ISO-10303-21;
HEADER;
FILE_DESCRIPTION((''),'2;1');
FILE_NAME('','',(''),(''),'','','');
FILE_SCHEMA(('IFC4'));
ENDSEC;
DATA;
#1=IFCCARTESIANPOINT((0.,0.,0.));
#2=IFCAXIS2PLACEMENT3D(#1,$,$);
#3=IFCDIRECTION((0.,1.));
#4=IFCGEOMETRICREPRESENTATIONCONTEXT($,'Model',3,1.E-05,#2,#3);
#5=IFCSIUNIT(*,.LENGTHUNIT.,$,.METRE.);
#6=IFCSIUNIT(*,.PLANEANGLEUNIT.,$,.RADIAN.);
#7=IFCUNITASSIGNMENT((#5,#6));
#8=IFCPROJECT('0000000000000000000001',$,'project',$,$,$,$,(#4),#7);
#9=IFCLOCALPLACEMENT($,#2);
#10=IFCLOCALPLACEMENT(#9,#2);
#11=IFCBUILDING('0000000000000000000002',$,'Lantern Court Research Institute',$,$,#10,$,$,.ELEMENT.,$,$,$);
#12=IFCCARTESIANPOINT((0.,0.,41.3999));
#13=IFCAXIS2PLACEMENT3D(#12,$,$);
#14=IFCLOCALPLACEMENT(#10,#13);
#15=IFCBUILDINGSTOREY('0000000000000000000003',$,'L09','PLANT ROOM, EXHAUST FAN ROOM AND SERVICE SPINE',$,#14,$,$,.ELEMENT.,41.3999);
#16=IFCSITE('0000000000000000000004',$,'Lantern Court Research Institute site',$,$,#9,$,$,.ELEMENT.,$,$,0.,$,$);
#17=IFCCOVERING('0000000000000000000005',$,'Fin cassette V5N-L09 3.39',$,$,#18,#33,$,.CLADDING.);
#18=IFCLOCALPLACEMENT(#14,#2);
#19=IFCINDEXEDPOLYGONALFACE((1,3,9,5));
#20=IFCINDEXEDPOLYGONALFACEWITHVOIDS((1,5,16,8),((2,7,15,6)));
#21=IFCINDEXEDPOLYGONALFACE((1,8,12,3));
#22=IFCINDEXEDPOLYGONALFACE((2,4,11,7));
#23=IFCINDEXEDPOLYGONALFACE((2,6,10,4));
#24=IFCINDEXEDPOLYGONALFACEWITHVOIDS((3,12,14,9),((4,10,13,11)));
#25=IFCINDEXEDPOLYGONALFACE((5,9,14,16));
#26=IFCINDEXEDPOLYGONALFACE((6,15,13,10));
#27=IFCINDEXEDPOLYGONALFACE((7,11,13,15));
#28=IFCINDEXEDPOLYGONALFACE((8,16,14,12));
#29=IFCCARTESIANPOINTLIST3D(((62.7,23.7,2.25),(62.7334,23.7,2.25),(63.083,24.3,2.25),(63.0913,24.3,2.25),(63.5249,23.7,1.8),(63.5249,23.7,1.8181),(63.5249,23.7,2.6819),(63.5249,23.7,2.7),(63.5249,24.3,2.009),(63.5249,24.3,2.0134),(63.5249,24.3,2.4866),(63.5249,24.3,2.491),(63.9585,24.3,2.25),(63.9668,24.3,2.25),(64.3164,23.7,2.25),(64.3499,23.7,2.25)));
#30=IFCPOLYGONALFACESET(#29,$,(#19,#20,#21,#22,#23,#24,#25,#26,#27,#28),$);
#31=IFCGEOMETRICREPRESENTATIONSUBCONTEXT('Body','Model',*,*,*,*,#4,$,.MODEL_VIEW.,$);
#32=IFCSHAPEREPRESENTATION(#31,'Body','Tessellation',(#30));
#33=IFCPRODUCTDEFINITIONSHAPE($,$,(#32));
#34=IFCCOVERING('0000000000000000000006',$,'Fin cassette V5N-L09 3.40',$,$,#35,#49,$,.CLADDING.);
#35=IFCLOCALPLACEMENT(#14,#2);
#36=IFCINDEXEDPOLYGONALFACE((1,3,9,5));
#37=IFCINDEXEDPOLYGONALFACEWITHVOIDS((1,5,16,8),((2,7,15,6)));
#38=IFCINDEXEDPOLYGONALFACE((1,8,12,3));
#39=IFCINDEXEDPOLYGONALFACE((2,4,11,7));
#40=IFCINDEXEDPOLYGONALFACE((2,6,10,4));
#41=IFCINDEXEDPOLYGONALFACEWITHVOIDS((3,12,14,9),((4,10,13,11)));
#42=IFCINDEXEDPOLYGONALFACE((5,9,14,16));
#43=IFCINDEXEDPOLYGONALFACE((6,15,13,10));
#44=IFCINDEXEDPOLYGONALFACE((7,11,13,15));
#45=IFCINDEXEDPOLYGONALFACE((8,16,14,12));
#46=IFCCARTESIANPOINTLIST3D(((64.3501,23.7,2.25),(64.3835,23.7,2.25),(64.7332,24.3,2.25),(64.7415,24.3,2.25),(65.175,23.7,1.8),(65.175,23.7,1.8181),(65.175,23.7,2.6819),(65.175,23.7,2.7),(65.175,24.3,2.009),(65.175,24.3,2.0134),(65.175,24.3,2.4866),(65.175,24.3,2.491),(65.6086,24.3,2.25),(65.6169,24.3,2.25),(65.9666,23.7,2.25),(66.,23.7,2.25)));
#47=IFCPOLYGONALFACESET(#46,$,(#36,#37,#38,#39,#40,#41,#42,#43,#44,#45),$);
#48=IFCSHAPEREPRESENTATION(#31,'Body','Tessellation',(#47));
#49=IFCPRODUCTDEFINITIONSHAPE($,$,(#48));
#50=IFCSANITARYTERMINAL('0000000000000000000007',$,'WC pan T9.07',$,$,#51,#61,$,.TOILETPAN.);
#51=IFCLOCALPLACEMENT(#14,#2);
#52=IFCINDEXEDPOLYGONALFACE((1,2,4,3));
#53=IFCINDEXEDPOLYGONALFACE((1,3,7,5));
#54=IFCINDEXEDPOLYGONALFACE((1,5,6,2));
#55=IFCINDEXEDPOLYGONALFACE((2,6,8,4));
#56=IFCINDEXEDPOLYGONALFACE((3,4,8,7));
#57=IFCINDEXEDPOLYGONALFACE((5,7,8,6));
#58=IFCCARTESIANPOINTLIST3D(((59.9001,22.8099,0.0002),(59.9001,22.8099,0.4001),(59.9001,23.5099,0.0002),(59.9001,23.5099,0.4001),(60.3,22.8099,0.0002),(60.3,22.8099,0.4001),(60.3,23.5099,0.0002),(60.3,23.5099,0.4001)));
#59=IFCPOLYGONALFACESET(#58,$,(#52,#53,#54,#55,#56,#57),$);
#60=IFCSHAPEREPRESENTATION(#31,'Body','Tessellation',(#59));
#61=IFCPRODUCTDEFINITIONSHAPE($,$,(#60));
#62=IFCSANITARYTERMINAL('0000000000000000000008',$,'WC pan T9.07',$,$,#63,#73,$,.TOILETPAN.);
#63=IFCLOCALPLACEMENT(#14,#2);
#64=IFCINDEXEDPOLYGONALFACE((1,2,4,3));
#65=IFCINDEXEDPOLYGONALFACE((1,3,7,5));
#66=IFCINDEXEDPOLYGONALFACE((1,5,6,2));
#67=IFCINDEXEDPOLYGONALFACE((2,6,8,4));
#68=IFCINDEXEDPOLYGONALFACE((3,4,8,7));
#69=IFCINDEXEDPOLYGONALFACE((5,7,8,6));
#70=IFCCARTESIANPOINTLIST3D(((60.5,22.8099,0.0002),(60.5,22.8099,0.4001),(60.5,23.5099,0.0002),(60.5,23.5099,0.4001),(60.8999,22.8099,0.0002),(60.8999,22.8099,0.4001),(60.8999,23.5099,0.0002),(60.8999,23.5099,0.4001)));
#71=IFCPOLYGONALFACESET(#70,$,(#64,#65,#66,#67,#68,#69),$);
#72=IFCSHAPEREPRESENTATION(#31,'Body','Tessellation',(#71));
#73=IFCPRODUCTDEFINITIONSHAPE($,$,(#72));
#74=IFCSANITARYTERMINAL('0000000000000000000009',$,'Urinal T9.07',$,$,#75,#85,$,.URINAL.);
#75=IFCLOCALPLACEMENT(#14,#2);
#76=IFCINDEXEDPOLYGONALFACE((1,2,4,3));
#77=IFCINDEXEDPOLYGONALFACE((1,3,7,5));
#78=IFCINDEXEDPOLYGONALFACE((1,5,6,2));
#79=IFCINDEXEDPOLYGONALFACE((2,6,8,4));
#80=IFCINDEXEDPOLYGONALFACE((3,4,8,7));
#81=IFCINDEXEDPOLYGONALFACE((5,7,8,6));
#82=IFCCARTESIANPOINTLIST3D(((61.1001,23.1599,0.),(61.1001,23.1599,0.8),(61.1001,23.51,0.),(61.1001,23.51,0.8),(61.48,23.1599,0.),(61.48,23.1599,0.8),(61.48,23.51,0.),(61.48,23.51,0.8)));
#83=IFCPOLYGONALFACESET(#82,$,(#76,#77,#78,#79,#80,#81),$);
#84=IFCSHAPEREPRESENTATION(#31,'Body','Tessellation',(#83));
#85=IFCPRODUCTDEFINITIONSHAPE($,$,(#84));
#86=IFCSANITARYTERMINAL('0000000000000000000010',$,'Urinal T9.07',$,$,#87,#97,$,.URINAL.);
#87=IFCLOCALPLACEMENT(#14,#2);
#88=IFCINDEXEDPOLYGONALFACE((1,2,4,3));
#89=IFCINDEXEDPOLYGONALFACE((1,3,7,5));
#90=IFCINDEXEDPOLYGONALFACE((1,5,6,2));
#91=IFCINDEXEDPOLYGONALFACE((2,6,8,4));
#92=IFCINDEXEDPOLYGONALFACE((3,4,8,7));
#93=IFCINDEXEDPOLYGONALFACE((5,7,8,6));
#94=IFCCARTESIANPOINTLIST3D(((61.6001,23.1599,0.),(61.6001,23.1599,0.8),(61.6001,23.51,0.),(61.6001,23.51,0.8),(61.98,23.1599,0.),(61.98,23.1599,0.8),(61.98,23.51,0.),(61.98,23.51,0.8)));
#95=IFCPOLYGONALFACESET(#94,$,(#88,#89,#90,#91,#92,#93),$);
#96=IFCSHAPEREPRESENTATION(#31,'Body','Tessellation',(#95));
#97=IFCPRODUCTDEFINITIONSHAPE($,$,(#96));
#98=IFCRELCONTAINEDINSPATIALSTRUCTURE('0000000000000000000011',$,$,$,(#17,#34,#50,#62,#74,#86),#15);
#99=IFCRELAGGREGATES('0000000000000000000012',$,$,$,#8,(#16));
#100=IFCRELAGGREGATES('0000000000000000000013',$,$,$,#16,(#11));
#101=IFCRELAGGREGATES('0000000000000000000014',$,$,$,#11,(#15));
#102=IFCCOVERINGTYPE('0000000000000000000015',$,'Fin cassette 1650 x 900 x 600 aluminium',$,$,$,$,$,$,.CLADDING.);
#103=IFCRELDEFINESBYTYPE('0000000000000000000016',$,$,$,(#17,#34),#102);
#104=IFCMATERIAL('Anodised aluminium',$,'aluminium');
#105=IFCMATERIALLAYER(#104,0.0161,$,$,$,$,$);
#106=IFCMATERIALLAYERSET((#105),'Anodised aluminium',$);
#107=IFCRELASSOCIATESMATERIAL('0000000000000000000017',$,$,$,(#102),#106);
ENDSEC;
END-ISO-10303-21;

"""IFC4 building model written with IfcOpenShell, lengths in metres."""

from ifc_helpers import new_model, entity, si_unit, direction, frame, origin, origin_2d, place, context, subcontext, project, spatial, rectangle, extrude, material, layer, layer_set, type_object, element, save


model = new_model("IFC4")

# Units and contexts
model_context = context("Model", 3, precision=1e-05, world=origin(), true_north=direction((0.0, 1.0)))
body_context = subcontext(model_context, "Body", "Model", "MODEL_VIEW")
ifc_project = project(units=[si_unit("LENGTHUNIT", "METRE"), si_unit("PLANEANGLEUNIT", "RADIAN")], contexts=[model_context])

# Site, building, storey
site_placement = place(None, origin())
site = spatial("IfcSite", under=ifc_project, at=site_placement, Name="Lantern Court Research Institute site", CompositionType="ELEMENT", RefElevation=0.0)
building_placement = place(site_placement, origin())
building = spatial("IfcBuilding", under=site, at=building_placement, Name="Lantern Court Research Institute", CompositionType="ELEMENT")
storey_placement = place(building_placement, frame((0.0, 0.0, 41.3999)))
storey = spatial("IfcBuildingStorey", under=building, at=storey_placement, Name="L09", Description="PLANT ROOM, EXHAUST FAN ROOM AND SERVICE SPINE", CompositionType="ELEMENT", Elevation=41.3999)

# Coverings
ifc_material_1 = material(Name="Anodised aluminium", Category="aluminium")
ifc_layer_1 = layer(ifc_material_1, 0.0161)
ifc_layer_set_1 = layer_set([ifc_layer_1], Name="Anodised aluminium")
covering_type = type_object("IfcCoveringType", Name="Fin cassette 1650 x 900 x 600 aluminium", PredefinedType="CLADDING", material=ifc_layer_set_1)
covering_1_placement = place(storey_placement, frame((63.5249, 23.7, 2.25), z_axis=(0.0, 1.0, 0.0), x_axis=(-1.0, 0.0, 0.0)))
cartesian_point_1 = entity("IfcCartesianPoint", [0.825, 0.0])
cartesian_point_2 = entity("IfcCartesianPoint", [0.7915, 0.0])
cartesian_point_3 = entity("IfcCartesianPoint", [0.4419, 0.0])
cartesian_point_4 = entity("IfcCartesianPoint", [0.4336, 0.0])
element("IfcCovering", 1, at=covering_1_placement, inside=storey, type_object=covering_type, Name="Fin cassette V5N-L09 3.39", PredefinedType="CLADDING", context=body_context, shape_type="SweptSolid", body=[
    entity("IfcExtrudedAreaSolidTapered", entity("IfcArbitraryProfileDefWithVoids", "AREA", None, entity("IfcPolyline", [cartesian_point_1, entity("IfcCartesianPoint", [0.0, 0.45]), entity("IfcCartesianPoint", [-0.825, 0.0]), entity("IfcCartesianPoint", [0.0, -0.45]), cartesian_point_1]), [entity("IfcPolyline", [cartesian_point_2, entity("IfcCartesianPoint", [0.0, 0.4319]), entity("IfcCartesianPoint", [-0.7915, 0.0]), entity("IfcCartesianPoint", [0.0, -0.4319]), cartesian_point_2])]), entity("IfcAxis2Placement3D", entity("IfcCartesianPoint", [0.0, 0.0, 0.0])), entity("IfcDirection", [0.0, 0.0, 1.0]), 0.6001, entity("IfcArbitraryProfileDefWithVoids", "AREA", None, entity("IfcPolyline", [cartesian_point_3, entity("IfcCartesianPoint", [0.0, 0.241]), entity("IfcCartesianPoint", [-0.4419, 0.0]), entity("IfcCartesianPoint", [0.0, -0.241]), cartesian_point_3]), [entity("IfcPolyline", [cartesian_point_4, entity("IfcCartesianPoint", [0.0, 0.2366]), entity("IfcCartesianPoint", [-0.4336, 0.0]), entity("IfcCartesianPoint", [0.0, -0.2366]), cartesian_point_4])])),
])
covering_2_placement = place(storey_placement, frame((65.175, 23.7, 2.25), z_axis=(0.0, 1.0, 0.0), x_axis=(-1.0, 0.0, 0.0)))
cartesian_point_5 = entity("IfcCartesianPoint", [0.825, 0.0])
cartesian_point_6 = entity("IfcCartesianPoint", [0.7915, 0.0])
cartesian_point_7 = entity("IfcCartesianPoint", [0.4419, 0.0])
cartesian_point_8 = entity("IfcCartesianPoint", [0.4336, 0.0])
element("IfcCovering", 2, at=covering_2_placement, inside=storey, type_object=covering_type, Name="Fin cassette V5N-L09 3.40", PredefinedType="CLADDING", context=body_context, shape_type="SweptSolid", body=[
    entity("IfcExtrudedAreaSolidTapered", entity("IfcArbitraryProfileDefWithVoids", "AREA", None, entity("IfcPolyline", [cartesian_point_5, entity("IfcCartesianPoint", [0.0, 0.45]), entity("IfcCartesianPoint", [-0.825, 0.0]), entity("IfcCartesianPoint", [0.0, -0.45]), cartesian_point_5]), [entity("IfcPolyline", [cartesian_point_6, entity("IfcCartesianPoint", [0.0, 0.4319]), entity("IfcCartesianPoint", [-0.7915, 0.0]), entity("IfcCartesianPoint", [0.0, -0.4319]), cartesian_point_6])]), entity("IfcAxis2Placement3D", entity("IfcCartesianPoint", [0.0, 0.0, 0.0])), entity("IfcDirection", [0.0, 0.0, 1.0]), 0.6001, entity("IfcArbitraryProfileDefWithVoids", "AREA", None, entity("IfcPolyline", [cartesian_point_7, entity("IfcCartesianPoint", [0.0, 0.241]), entity("IfcCartesianPoint", [-0.4419, 0.0]), entity("IfcCartesianPoint", [0.0, -0.241]), cartesian_point_7]), [entity("IfcPolyline", [cartesian_point_8, entity("IfcCartesianPoint", [0.0, 0.2366]), entity("IfcCartesianPoint", [-0.4336, 0.0]), entity("IfcCartesianPoint", [0.0, -0.2366]), cartesian_point_8])])),
])

# Sanitary terminals
for number, where, z_axis, x_axis, name in (
    (3, (60.1001, 23.1599, 0.0002), (0.0, 0.0, 1.0), (1.0, 0.0, 0.0), "WC pan T9.07"),
    (4, (60.7, 23.1599, 0.0002), (0.0, 0.0, 1.0), (1.0, 0.0, 0.0), "WC pan T9.07"),
):
    element("IfcSanitaryTerminal", number, at=place(storey_placement, frame(where, z_axis=z_axis, x_axis=x_axis)), inside=storey, Name=name, PredefinedType="TOILETPAN", context=body_context, shape_type="SweptSolid", body=[
        extrude(rectangle(XDim=0.3999, YDim=0.7, at=origin_2d()), origin(), (0.0, 0.0, 1.0), 0.3999),
    ])
for number, where, z_axis, x_axis, name in (
    (5, (61.29, 23.335, 0.0), (0.0, 0.0, 1.0), (1.0, 0.0, 0.0), "Urinal T9.07"),
    (6, (61.79, 23.335, 0.0), (0.0, 0.0, 1.0), (1.0, 0.0, 0.0), "Urinal T9.07"),
):
    element("IfcSanitaryTerminal", number, at=place(storey_placement, frame(where, z_axis=z_axis, x_axis=x_axis)), inside=storey, Name=name, PredefinedType="URINAL", context=body_context, shape_type="SweptSolid", body=[
        extrude(rectangle(XDim=0.3799, YDim=0.3501, at=origin_2d()), origin(), (0.0, 0.0, 1.0), 0.8),
    ])

save(model, "model.ifc")
